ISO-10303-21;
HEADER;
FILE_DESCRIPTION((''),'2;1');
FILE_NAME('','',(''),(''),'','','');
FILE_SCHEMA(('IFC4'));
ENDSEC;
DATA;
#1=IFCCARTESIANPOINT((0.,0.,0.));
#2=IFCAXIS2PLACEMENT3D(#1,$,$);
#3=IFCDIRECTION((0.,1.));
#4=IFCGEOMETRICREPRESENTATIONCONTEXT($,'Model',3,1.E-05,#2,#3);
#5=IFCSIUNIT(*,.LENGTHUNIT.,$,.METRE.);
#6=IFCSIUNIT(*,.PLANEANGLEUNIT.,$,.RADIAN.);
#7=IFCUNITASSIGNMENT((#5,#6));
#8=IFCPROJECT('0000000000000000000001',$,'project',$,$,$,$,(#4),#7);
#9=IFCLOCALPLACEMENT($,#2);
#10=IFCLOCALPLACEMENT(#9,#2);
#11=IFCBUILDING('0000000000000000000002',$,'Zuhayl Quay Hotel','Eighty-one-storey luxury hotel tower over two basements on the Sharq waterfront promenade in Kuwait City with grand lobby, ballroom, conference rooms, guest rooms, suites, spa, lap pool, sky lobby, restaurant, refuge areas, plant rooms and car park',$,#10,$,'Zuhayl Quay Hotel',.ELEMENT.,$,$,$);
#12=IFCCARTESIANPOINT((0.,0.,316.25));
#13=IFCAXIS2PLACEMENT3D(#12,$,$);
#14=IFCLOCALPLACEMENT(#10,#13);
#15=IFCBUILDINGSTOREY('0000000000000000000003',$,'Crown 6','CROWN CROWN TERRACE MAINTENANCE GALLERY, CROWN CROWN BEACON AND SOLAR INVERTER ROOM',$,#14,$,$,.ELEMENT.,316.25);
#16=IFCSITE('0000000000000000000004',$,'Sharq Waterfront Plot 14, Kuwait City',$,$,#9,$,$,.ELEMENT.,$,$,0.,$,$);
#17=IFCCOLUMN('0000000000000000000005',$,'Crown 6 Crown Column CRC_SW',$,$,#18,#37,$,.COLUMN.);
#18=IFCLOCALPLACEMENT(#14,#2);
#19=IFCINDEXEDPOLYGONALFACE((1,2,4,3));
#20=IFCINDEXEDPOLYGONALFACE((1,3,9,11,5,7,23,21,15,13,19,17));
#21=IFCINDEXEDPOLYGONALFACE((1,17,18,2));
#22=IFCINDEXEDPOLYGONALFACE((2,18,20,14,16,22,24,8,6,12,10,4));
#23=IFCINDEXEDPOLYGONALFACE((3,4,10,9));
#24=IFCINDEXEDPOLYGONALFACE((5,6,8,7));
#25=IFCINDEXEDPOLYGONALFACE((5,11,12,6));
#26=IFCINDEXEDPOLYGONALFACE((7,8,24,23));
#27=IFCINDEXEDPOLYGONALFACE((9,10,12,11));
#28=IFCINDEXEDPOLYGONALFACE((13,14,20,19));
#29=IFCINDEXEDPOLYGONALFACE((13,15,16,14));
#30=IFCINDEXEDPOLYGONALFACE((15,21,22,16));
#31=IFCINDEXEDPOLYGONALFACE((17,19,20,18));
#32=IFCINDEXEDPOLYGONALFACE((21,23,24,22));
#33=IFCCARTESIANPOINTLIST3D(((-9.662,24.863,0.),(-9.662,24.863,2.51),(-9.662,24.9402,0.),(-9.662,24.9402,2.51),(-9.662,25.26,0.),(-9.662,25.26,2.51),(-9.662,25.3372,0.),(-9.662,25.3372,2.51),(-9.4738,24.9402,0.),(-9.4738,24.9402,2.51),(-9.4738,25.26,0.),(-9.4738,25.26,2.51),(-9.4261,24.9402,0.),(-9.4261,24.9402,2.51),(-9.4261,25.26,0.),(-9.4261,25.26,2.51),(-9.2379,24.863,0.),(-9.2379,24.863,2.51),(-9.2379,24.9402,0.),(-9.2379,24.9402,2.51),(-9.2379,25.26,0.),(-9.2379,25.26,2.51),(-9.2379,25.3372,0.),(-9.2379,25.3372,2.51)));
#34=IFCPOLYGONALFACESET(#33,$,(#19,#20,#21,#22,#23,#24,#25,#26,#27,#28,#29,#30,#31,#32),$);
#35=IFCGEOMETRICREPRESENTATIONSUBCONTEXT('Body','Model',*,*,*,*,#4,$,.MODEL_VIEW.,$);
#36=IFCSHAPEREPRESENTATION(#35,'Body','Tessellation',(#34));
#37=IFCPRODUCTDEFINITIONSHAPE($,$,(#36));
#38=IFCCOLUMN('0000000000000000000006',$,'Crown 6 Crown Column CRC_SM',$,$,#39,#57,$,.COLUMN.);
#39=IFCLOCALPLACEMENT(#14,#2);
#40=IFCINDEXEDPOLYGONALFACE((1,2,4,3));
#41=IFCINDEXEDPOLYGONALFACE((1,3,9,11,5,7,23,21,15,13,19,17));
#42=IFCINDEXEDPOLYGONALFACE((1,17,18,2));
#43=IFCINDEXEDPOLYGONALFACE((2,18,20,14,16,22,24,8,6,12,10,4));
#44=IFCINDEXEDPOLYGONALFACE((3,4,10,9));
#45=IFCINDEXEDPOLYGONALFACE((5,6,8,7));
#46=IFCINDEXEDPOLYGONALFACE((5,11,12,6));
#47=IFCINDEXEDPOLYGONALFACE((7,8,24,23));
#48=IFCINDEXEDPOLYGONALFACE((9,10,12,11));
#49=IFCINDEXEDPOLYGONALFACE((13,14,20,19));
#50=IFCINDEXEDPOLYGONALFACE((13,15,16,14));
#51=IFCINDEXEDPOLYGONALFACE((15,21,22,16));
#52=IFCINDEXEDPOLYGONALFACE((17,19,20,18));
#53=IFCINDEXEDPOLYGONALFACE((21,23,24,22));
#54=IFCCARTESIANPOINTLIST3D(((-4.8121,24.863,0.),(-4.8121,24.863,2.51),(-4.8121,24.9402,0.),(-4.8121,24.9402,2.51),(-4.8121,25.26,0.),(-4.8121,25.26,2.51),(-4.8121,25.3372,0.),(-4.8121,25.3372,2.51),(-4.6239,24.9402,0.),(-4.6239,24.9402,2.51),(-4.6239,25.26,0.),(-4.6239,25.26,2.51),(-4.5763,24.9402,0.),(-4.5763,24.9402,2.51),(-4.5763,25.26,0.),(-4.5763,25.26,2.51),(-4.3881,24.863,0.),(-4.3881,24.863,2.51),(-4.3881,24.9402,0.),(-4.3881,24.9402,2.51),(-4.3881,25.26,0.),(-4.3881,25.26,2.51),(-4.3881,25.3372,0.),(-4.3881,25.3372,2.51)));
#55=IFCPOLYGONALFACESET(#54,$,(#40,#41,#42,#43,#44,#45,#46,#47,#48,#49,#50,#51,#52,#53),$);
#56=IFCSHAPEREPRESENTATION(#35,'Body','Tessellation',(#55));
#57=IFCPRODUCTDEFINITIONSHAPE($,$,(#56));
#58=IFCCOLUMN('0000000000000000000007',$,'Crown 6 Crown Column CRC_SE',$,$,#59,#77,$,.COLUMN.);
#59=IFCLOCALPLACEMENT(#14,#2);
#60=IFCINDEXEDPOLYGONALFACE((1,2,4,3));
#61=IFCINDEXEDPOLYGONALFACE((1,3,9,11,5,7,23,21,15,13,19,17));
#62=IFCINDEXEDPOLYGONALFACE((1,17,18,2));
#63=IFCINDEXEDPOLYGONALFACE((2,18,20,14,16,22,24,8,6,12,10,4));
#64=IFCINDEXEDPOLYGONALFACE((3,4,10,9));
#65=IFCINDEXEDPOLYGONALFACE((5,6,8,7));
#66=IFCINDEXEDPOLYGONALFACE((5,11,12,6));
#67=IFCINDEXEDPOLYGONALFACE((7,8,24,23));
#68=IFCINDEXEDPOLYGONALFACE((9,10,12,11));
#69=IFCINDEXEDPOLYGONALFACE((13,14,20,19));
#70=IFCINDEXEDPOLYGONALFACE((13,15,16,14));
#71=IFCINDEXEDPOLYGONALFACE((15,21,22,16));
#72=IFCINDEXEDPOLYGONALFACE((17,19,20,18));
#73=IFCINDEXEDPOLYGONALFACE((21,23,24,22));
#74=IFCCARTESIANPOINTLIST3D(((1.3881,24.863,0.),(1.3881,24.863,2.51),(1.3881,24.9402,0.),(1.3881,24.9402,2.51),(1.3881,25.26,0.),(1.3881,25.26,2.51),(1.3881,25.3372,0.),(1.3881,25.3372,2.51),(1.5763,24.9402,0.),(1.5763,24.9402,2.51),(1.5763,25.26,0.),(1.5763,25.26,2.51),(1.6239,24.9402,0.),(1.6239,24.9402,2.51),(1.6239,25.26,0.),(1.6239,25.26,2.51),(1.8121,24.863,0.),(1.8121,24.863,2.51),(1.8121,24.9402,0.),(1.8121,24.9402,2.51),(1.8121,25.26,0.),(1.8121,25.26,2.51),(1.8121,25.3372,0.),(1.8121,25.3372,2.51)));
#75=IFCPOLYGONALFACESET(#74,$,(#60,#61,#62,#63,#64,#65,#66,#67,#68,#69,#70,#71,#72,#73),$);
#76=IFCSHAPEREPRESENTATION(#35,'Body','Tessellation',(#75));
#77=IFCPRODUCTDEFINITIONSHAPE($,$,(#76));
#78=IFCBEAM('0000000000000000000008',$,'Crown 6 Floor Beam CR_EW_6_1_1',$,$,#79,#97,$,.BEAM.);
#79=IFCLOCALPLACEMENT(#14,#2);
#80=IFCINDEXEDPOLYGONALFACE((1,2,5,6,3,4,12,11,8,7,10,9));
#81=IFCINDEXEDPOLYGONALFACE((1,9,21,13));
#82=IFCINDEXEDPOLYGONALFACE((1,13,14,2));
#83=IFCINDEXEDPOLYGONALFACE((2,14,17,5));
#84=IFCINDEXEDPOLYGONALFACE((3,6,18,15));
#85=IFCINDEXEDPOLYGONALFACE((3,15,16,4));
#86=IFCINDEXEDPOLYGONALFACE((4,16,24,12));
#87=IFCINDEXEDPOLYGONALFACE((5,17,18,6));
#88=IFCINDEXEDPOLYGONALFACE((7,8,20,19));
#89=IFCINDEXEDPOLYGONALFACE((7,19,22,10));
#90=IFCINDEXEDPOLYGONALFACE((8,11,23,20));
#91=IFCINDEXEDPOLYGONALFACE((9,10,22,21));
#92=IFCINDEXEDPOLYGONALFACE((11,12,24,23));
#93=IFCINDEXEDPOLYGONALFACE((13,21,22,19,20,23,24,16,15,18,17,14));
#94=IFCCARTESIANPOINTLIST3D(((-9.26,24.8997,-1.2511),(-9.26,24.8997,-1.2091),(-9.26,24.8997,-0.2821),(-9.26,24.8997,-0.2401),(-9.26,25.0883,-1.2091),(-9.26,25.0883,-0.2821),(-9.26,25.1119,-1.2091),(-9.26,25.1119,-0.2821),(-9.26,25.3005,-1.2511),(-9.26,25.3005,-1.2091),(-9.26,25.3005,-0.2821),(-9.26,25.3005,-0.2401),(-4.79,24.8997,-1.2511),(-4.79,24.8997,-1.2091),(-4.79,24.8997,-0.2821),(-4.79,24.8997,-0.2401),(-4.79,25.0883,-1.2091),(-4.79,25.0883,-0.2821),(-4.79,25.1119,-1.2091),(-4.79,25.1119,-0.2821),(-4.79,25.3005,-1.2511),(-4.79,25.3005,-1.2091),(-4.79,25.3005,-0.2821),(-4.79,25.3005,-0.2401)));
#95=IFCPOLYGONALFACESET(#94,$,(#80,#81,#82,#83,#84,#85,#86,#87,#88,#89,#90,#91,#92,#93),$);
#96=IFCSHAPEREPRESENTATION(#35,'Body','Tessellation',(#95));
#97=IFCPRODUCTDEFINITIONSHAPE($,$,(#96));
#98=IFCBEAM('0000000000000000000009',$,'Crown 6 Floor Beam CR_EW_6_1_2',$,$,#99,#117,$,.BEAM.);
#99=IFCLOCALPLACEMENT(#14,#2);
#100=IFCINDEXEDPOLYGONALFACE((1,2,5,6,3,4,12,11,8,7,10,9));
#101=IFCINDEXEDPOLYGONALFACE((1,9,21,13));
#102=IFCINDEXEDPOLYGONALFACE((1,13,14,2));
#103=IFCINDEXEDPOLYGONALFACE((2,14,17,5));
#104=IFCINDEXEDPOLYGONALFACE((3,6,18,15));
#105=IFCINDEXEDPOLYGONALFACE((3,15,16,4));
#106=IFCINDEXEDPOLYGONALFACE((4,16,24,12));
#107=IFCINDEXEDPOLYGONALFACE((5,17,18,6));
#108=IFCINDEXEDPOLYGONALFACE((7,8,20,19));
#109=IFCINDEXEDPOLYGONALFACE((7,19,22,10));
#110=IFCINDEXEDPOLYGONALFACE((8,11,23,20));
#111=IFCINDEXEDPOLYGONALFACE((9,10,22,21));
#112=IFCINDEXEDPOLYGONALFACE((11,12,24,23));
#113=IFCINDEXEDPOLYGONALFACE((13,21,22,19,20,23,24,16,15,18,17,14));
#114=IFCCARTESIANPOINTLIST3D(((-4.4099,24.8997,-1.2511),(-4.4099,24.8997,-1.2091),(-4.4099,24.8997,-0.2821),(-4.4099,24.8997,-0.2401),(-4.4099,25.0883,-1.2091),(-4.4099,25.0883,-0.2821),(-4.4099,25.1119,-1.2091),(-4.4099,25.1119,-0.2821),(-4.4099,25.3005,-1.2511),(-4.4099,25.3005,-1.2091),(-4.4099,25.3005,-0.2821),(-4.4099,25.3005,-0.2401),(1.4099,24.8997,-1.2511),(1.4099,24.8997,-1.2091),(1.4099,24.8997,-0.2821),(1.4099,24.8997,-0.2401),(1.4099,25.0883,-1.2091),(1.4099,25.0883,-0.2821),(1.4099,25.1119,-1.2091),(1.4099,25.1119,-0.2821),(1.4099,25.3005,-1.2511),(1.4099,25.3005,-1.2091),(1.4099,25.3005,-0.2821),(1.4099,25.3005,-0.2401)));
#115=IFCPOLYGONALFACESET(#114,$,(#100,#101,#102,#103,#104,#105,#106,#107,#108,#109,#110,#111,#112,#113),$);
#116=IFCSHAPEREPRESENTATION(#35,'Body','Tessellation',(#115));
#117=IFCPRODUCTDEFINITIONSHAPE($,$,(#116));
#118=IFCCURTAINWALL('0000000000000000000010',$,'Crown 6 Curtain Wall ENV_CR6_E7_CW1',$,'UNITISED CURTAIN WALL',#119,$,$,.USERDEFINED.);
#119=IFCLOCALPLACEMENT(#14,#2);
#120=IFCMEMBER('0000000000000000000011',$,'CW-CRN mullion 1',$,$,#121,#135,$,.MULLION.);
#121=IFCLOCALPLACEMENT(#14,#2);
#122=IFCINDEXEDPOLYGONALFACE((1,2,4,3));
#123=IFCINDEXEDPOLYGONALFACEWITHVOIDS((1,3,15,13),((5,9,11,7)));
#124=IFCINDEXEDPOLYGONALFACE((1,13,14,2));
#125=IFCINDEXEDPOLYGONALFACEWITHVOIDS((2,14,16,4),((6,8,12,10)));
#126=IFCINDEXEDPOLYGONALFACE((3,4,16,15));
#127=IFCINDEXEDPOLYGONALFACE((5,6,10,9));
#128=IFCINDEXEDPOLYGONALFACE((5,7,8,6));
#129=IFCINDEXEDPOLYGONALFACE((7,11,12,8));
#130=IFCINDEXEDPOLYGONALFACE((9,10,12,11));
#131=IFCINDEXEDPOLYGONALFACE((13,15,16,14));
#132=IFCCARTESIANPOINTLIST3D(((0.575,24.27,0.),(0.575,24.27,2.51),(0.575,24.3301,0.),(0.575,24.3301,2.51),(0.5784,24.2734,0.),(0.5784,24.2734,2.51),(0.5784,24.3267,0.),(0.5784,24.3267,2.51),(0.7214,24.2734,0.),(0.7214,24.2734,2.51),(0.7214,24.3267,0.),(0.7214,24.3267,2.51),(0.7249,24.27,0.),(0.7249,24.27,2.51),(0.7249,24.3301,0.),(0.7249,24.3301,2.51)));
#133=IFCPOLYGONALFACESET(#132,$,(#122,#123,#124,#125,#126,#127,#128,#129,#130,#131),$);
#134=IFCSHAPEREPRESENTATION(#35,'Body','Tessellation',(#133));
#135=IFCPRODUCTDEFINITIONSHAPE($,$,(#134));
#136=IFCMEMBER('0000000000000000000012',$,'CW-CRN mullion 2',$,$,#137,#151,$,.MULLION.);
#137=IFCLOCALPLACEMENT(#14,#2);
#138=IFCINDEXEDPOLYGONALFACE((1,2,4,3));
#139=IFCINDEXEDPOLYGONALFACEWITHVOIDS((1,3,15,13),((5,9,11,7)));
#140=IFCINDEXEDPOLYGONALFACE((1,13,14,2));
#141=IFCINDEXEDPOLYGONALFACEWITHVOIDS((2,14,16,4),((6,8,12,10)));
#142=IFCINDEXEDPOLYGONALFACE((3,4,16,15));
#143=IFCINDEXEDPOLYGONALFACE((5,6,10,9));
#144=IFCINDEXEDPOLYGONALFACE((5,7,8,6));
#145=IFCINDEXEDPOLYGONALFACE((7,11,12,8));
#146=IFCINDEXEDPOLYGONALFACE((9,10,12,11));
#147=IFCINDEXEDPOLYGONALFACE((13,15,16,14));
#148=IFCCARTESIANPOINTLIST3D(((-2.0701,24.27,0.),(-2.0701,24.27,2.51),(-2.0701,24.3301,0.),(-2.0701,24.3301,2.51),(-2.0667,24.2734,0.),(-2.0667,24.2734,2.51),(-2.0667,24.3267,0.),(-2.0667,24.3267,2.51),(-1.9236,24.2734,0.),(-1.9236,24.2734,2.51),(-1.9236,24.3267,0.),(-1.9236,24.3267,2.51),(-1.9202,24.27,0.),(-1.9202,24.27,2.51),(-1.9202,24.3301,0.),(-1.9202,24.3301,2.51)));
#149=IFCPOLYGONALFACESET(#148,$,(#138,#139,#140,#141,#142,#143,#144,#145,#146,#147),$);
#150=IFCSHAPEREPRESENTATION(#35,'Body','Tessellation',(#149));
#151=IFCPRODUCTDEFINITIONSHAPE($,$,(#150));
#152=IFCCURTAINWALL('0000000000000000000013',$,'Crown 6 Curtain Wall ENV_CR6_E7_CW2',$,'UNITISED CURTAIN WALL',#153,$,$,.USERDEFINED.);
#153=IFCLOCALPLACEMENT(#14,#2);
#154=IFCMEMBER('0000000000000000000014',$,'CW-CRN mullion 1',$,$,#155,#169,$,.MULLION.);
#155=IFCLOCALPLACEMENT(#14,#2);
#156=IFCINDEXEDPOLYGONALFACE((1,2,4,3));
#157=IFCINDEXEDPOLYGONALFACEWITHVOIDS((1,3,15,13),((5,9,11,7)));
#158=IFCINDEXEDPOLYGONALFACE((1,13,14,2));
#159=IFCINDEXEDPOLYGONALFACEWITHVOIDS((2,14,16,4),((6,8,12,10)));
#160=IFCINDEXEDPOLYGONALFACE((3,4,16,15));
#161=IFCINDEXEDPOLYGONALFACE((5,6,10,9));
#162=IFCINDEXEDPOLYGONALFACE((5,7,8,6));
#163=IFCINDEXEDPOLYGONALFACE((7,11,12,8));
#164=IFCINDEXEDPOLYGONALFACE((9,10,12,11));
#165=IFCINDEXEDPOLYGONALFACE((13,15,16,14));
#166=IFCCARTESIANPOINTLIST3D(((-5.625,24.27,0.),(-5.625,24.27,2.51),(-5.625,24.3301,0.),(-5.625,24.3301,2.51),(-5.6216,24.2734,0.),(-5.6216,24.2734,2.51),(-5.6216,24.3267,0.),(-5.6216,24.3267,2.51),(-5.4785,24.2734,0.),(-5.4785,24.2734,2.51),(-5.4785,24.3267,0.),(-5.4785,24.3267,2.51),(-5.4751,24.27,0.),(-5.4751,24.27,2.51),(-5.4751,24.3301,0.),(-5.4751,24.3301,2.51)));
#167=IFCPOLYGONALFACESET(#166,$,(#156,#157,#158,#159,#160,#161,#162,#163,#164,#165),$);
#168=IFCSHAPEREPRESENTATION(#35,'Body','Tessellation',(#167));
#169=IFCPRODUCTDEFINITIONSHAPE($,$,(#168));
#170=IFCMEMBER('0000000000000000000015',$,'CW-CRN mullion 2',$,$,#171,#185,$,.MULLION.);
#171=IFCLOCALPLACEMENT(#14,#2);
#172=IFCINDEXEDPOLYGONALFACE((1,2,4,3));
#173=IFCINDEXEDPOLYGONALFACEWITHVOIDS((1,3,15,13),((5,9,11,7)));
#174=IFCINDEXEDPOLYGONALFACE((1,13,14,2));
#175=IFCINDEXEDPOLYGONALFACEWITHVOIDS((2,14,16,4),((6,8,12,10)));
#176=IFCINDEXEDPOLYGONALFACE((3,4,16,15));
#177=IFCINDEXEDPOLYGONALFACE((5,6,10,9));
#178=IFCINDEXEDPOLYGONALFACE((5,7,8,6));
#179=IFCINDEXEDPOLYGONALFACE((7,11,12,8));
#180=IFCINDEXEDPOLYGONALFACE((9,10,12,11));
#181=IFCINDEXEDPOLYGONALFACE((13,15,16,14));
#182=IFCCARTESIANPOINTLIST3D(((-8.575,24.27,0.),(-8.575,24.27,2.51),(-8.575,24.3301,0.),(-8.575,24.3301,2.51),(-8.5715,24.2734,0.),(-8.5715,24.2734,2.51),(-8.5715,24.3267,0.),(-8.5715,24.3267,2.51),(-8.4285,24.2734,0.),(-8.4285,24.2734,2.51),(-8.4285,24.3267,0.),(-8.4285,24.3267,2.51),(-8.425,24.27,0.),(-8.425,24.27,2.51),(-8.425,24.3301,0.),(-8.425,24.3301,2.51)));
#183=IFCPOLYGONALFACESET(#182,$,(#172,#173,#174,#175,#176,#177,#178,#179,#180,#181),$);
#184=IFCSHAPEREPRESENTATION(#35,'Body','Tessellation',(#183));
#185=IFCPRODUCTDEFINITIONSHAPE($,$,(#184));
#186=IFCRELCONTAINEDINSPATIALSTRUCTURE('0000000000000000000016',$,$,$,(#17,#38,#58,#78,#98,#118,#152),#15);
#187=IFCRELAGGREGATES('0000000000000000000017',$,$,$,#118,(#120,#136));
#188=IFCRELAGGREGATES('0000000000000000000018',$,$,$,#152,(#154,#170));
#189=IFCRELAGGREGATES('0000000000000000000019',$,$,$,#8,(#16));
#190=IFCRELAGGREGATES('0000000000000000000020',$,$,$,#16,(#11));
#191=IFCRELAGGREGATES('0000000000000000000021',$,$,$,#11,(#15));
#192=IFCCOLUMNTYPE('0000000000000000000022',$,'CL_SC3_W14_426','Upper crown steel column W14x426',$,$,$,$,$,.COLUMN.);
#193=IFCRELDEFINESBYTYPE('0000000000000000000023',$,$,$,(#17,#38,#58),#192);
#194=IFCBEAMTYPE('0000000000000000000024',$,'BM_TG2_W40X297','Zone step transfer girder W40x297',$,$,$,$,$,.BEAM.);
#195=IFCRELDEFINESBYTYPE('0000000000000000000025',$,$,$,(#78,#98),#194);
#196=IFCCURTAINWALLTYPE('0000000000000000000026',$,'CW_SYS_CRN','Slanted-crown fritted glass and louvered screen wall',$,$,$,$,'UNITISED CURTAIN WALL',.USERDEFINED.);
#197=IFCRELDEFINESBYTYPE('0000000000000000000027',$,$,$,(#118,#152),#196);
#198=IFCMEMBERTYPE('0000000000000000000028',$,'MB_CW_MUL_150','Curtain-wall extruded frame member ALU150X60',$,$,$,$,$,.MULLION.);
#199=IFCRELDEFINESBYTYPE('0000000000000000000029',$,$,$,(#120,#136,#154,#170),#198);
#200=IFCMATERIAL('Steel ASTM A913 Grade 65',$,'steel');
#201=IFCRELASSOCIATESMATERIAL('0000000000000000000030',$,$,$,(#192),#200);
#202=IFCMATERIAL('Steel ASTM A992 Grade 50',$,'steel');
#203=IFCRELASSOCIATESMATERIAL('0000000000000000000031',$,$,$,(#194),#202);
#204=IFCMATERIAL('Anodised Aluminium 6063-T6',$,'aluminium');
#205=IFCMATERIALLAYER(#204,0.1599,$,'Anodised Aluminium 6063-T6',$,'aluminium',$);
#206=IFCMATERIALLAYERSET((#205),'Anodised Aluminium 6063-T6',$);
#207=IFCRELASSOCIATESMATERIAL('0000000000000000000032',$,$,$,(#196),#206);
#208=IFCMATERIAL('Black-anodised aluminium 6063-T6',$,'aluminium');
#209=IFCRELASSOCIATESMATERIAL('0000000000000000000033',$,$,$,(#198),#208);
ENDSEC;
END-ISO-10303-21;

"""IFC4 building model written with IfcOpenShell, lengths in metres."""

from ifc_helpers import new_model, si_unit, direction, frame, origin, origin_2d, place, context, subcontext, project, spatial, hollow_rectangle, i_section, extrude, material, layer, layer_set, material_profile, profile_set, type_object, element, aggregate, save


model = new_model("IFC4")

# Units and contexts
model_context = context("Model", 3, precision=1e-05, world=origin(), true_north=direction((0.0, 1.0)))
body_context = subcontext(model_context, "Body", "Model", "MODEL_VIEW")
ifc_project = project(units=[si_unit("LENGTHUNIT", "METRE"), si_unit("PLANEANGLEUNIT", "RADIAN")], contexts=[model_context])

# Site, building, storey
site_placement = place(None, origin())
site = spatial("IfcSite", under=ifc_project, at=site_placement, Name="Sharq Waterfront Plot 14, Kuwait City", CompositionType="ELEMENT", RefElevation=0.0)
building_placement = place(site_placement, origin())
building = spatial("IfcBuilding", under=site, at=building_placement, Name="Zuhayl Quay Hotel", Description="Eighty-one-storey luxury hotel tower over two basements on the Sharq waterfront promenade in Kuwait City with grand lobby, ballroom, conference rooms, guest rooms, suites, spa, lap pool, sky lobby, restaurant, refuge areas, plant rooms and car park", LongName="Zuhayl Quay Hotel", CompositionType="ELEMENT")
storey_placement = place(building_placement, frame((0.0, 0.0, 316.25)))
storey = spatial("IfcBuildingStorey", under=building, at=storey_placement, Name="Crown 6", Description="CROWN CROWN TERRACE MAINTENANCE GALLERY, CROWN CROWN BEACON AND SOLAR INVERTER ROOM", CompositionType="ELEMENT", Elevation=316.25)

# Columns
ifc_material_1 = material(Name="Steel ASTM A913 Grade 65", Category="steel")
ifc_material_profile_1 = material_profile(ifc_material_1, i_section(OverallWidth=0.4241, OverallDepth=0.4741, WebThickness=0.0476, FlangeThickness=0.0771, at=origin_2d()), Name="W14X426")
ifc_profile_set_1 = profile_set([ifc_material_profile_1], Name="Steel ASTM A913 Grade 65")
column_type = type_object("IfcColumnType", Name="CL_SC3_W14_426", Description="Upper crown steel column W14x426", PredefinedType="COLUMN", material=ifc_profile_set_1)
for number, where, z_axis, x_axis, name in (
    (1, (-9.45, 25.1001, 0.0), (0.0, 0.0, 1.0), (1.0, 0.0, 0.0), "Crown 6 Crown Column CRC_SW"),
    (2, (-4.6001, 25.1001, 0.0), (0.0, 0.0, 1.0), (1.0, 0.0, 0.0), "Crown 6 Crown Column CRC_SM"),
    (3, (1.6001, 25.1001, 0.0), (0.0, 0.0, 1.0), (1.0, 0.0, 0.0), "Crown 6 Crown Column CRC_SE"),
):
    element("IfcColumn", number, at=place(storey_placement, frame(where, z_axis=z_axis, x_axis=x_axis)), inside=storey, type_object=column_type, Name=name, PredefinedType="COLUMN", context=body_context, shape_type="SweptSolid", body=[
        extrude(i_section(OverallWidth=0.4241, OverallDepth=0.4741, WebThickness=0.0476, FlangeThickness=0.0771, at=origin_2d()), origin(), (0.0, 0.0, 1.0), 2.51),
    ])

# Beams
ifc_material_2 = material(Name="Steel ASTM A992 Grade 50", Category="steel")
ifc_material_profile_2 = material_profile(ifc_material_2, i_section(OverallWidth=0.4009, OverallDepth=1.011, WebThickness=0.0237, FlangeThickness=0.042, at=origin_2d()), Name="W40X297")
ifc_profile_set_2 = profile_set([ifc_material_profile_2], Name="Steel ASTM A992 Grade 50")
beam_type = type_object("IfcBeamType", Name="BM_TG2_W40X297", Description="Zone step transfer girder W40x297", PredefinedType="BEAM", material=ifc_profile_set_2)
beam_1_placement = place(storey_placement, frame((-9.26, 25.1001, -0.7456), z_axis=(1.0, 0.0, 0.0), x_axis=(0.0, 1.0, 0.0)))
element("IfcBeam", 4, at=beam_1_placement, inside=storey, type_object=beam_type, Name="Crown 6 Floor Beam CR_EW_6_1_1", PredefinedType="BEAM", context=body_context, shape_type="SweptSolid", body=[
    extrude(i_section(OverallWidth=0.4009, OverallDepth=1.011, WebThickness=0.0237, FlangeThickness=0.042, at=origin_2d()), origin(), (0.0, 0.0, 1.0), 4.47),
])
beam_2_placement = place(storey_placement, frame((-4.4099, 25.1001, -0.7456), z_axis=(1.0, 0.0, 0.0), x_axis=(0.0, 1.0, 0.0)))
element("IfcBeam", 5, at=beam_2_placement, inside=storey, type_object=beam_type, Name="Crown 6 Floor Beam CR_EW_6_1_2", PredefinedType="BEAM", context=body_context, shape_type="SweptSolid", body=[
    extrude(i_section(OverallWidth=0.4009, OverallDepth=1.011, WebThickness=0.0237, FlangeThickness=0.042, at=origin_2d()), origin(), (0.0, 0.0, 1.0), 5.8198),
])

# Curtain walls, members
ifc_material_3 = material(Name="Anodised Aluminium 6063-T6", Category="aluminium")
ifc_layer_1 = layer(ifc_material_3, 0.1599, Name="Anodised Aluminium 6063-T6", Category="aluminium")
ifc_layer_set_1 = layer_set([ifc_layer_1], Name="Anodised Aluminium 6063-T6")
curtain_wall_type = type_object("IfcCurtainWallType", Name="CW_SYS_CRN", Description="Slanted-crown fritted glass and louvered screen wall", ElementType="UNITISED CURTAIN WALL", PredefinedType="USERDEFINED", material=ifc_layer_set_1)
curtain_wall_1_placement = place(storey_placement, origin())
curtain_wall_1 = element("IfcCurtainWall", 6, at=curtain_wall_1_placement, inside=storey, type_object=curtain_wall_type, Name="Crown 6 Curtain Wall ENV_CR6_E7_CW1", ObjectType="UNITISED CURTAIN WALL", PredefinedType="USERDEFINED")
ifc_material_4 = material(Name="Black-anodised aluminium 6063-T6", Category="aluminium")
ifc_material_profile_3 = material_profile(ifc_material_4, hollow_rectangle(XDim=0.0601, YDim=0.1499, WallThickness=0.0034, at=origin_2d()), Name="ALU150X60")
ifc_profile_set_3 = profile_set([ifc_material_profile_3], Name="Black-anodised aluminium 6063-T6")
member_type_1 = type_object("IfcMemberType", Name="MB_CW_MUL_150", Description="Curtain-wall extruded frame member ALU150X60", PredefinedType="MULLION", material=ifc_profile_set_3)
member_1_placement = place(storey_placement, frame((0.6499, 24.3, 0.0), z_axis=(0.0, 0.0, 1.0), x_axis=(0.0, -1.0, 0.0)))
member_1 = element("IfcMember", 7, at=member_1_placement, type_object=member_type_1, Name="CW-CRN mullion 1", PredefinedType="MULLION", context=body_context, shape_type="SweptSolid", body=[
    extrude(hollow_rectangle(XDim=0.0601, YDim=0.1499, WallThickness=0.0034, at=origin_2d()), origin(), (0.0, 0.0, 1.0), 2.51),
])
member_2_placement = place(storey_placement, frame((-1.9951, 24.3, 0.0), z_axis=(0.0, 0.0, 1.0), x_axis=(0.0, -1.0, 0.0)))
member_2 = element("IfcMember", 8, at=member_2_placement, type_object=member_type_1, Name="CW-CRN mullion 2", PredefinedType="MULLION", context=body_context, shape_type="SweptSolid", body=[
    extrude(hollow_rectangle(XDim=0.0601, YDim=0.1499, WallThickness=0.0034, at=origin_2d()), origin(), (0.0, 0.0, 1.0), 2.51),
])
curtain_wall_2_placement = place(storey_placement, origin())
curtain_wall_2 = element("IfcCurtainWall", 9, at=curtain_wall_2_placement, inside=storey, type_object=curtain_wall_type, Name="Crown 6 Curtain Wall ENV_CR6_E7_CW2", ObjectType="UNITISED CURTAIN WALL", PredefinedType="USERDEFINED")
member_3_placement = place(storey_placement, frame((-5.55, 24.3, 0.0), z_axis=(0.0, 0.0, 1.0), x_axis=(0.0, -1.0, 0.0)))
member_3 = element("IfcMember", 10, at=member_3_placement, type_object=member_type_1, Name="CW-CRN mullion 1", PredefinedType="MULLION", context=body_context, shape_type="SweptSolid", body=[
    extrude(hollow_rectangle(XDim=0.0601, YDim=0.1499, WallThickness=0.0034, at=origin_2d()), origin(), (0.0, 0.0, 1.0), 2.51),
])
member_4_placement = place(storey_placement, frame((-8.5, 24.3, 0.0), z_axis=(0.0, 0.0, 1.0), x_axis=(0.0, -1.0, 0.0)))
member_4 = element("IfcMember", 11, at=member_4_placement, type_object=member_type_1, Name="CW-CRN mullion 2", PredefinedType="MULLION", context=body_context, shape_type="SweptSolid", body=[
    extrude(hollow_rectangle(XDim=0.0601, YDim=0.1499, WallThickness=0.0034, at=origin_2d()), origin(), (0.0, 0.0, 1.0), 2.51),
])

aggregate(curtain_wall_1, [member_1, member_2])
aggregate(curtain_wall_2, [member_3, member_4])

save(model, "model.ifc")
